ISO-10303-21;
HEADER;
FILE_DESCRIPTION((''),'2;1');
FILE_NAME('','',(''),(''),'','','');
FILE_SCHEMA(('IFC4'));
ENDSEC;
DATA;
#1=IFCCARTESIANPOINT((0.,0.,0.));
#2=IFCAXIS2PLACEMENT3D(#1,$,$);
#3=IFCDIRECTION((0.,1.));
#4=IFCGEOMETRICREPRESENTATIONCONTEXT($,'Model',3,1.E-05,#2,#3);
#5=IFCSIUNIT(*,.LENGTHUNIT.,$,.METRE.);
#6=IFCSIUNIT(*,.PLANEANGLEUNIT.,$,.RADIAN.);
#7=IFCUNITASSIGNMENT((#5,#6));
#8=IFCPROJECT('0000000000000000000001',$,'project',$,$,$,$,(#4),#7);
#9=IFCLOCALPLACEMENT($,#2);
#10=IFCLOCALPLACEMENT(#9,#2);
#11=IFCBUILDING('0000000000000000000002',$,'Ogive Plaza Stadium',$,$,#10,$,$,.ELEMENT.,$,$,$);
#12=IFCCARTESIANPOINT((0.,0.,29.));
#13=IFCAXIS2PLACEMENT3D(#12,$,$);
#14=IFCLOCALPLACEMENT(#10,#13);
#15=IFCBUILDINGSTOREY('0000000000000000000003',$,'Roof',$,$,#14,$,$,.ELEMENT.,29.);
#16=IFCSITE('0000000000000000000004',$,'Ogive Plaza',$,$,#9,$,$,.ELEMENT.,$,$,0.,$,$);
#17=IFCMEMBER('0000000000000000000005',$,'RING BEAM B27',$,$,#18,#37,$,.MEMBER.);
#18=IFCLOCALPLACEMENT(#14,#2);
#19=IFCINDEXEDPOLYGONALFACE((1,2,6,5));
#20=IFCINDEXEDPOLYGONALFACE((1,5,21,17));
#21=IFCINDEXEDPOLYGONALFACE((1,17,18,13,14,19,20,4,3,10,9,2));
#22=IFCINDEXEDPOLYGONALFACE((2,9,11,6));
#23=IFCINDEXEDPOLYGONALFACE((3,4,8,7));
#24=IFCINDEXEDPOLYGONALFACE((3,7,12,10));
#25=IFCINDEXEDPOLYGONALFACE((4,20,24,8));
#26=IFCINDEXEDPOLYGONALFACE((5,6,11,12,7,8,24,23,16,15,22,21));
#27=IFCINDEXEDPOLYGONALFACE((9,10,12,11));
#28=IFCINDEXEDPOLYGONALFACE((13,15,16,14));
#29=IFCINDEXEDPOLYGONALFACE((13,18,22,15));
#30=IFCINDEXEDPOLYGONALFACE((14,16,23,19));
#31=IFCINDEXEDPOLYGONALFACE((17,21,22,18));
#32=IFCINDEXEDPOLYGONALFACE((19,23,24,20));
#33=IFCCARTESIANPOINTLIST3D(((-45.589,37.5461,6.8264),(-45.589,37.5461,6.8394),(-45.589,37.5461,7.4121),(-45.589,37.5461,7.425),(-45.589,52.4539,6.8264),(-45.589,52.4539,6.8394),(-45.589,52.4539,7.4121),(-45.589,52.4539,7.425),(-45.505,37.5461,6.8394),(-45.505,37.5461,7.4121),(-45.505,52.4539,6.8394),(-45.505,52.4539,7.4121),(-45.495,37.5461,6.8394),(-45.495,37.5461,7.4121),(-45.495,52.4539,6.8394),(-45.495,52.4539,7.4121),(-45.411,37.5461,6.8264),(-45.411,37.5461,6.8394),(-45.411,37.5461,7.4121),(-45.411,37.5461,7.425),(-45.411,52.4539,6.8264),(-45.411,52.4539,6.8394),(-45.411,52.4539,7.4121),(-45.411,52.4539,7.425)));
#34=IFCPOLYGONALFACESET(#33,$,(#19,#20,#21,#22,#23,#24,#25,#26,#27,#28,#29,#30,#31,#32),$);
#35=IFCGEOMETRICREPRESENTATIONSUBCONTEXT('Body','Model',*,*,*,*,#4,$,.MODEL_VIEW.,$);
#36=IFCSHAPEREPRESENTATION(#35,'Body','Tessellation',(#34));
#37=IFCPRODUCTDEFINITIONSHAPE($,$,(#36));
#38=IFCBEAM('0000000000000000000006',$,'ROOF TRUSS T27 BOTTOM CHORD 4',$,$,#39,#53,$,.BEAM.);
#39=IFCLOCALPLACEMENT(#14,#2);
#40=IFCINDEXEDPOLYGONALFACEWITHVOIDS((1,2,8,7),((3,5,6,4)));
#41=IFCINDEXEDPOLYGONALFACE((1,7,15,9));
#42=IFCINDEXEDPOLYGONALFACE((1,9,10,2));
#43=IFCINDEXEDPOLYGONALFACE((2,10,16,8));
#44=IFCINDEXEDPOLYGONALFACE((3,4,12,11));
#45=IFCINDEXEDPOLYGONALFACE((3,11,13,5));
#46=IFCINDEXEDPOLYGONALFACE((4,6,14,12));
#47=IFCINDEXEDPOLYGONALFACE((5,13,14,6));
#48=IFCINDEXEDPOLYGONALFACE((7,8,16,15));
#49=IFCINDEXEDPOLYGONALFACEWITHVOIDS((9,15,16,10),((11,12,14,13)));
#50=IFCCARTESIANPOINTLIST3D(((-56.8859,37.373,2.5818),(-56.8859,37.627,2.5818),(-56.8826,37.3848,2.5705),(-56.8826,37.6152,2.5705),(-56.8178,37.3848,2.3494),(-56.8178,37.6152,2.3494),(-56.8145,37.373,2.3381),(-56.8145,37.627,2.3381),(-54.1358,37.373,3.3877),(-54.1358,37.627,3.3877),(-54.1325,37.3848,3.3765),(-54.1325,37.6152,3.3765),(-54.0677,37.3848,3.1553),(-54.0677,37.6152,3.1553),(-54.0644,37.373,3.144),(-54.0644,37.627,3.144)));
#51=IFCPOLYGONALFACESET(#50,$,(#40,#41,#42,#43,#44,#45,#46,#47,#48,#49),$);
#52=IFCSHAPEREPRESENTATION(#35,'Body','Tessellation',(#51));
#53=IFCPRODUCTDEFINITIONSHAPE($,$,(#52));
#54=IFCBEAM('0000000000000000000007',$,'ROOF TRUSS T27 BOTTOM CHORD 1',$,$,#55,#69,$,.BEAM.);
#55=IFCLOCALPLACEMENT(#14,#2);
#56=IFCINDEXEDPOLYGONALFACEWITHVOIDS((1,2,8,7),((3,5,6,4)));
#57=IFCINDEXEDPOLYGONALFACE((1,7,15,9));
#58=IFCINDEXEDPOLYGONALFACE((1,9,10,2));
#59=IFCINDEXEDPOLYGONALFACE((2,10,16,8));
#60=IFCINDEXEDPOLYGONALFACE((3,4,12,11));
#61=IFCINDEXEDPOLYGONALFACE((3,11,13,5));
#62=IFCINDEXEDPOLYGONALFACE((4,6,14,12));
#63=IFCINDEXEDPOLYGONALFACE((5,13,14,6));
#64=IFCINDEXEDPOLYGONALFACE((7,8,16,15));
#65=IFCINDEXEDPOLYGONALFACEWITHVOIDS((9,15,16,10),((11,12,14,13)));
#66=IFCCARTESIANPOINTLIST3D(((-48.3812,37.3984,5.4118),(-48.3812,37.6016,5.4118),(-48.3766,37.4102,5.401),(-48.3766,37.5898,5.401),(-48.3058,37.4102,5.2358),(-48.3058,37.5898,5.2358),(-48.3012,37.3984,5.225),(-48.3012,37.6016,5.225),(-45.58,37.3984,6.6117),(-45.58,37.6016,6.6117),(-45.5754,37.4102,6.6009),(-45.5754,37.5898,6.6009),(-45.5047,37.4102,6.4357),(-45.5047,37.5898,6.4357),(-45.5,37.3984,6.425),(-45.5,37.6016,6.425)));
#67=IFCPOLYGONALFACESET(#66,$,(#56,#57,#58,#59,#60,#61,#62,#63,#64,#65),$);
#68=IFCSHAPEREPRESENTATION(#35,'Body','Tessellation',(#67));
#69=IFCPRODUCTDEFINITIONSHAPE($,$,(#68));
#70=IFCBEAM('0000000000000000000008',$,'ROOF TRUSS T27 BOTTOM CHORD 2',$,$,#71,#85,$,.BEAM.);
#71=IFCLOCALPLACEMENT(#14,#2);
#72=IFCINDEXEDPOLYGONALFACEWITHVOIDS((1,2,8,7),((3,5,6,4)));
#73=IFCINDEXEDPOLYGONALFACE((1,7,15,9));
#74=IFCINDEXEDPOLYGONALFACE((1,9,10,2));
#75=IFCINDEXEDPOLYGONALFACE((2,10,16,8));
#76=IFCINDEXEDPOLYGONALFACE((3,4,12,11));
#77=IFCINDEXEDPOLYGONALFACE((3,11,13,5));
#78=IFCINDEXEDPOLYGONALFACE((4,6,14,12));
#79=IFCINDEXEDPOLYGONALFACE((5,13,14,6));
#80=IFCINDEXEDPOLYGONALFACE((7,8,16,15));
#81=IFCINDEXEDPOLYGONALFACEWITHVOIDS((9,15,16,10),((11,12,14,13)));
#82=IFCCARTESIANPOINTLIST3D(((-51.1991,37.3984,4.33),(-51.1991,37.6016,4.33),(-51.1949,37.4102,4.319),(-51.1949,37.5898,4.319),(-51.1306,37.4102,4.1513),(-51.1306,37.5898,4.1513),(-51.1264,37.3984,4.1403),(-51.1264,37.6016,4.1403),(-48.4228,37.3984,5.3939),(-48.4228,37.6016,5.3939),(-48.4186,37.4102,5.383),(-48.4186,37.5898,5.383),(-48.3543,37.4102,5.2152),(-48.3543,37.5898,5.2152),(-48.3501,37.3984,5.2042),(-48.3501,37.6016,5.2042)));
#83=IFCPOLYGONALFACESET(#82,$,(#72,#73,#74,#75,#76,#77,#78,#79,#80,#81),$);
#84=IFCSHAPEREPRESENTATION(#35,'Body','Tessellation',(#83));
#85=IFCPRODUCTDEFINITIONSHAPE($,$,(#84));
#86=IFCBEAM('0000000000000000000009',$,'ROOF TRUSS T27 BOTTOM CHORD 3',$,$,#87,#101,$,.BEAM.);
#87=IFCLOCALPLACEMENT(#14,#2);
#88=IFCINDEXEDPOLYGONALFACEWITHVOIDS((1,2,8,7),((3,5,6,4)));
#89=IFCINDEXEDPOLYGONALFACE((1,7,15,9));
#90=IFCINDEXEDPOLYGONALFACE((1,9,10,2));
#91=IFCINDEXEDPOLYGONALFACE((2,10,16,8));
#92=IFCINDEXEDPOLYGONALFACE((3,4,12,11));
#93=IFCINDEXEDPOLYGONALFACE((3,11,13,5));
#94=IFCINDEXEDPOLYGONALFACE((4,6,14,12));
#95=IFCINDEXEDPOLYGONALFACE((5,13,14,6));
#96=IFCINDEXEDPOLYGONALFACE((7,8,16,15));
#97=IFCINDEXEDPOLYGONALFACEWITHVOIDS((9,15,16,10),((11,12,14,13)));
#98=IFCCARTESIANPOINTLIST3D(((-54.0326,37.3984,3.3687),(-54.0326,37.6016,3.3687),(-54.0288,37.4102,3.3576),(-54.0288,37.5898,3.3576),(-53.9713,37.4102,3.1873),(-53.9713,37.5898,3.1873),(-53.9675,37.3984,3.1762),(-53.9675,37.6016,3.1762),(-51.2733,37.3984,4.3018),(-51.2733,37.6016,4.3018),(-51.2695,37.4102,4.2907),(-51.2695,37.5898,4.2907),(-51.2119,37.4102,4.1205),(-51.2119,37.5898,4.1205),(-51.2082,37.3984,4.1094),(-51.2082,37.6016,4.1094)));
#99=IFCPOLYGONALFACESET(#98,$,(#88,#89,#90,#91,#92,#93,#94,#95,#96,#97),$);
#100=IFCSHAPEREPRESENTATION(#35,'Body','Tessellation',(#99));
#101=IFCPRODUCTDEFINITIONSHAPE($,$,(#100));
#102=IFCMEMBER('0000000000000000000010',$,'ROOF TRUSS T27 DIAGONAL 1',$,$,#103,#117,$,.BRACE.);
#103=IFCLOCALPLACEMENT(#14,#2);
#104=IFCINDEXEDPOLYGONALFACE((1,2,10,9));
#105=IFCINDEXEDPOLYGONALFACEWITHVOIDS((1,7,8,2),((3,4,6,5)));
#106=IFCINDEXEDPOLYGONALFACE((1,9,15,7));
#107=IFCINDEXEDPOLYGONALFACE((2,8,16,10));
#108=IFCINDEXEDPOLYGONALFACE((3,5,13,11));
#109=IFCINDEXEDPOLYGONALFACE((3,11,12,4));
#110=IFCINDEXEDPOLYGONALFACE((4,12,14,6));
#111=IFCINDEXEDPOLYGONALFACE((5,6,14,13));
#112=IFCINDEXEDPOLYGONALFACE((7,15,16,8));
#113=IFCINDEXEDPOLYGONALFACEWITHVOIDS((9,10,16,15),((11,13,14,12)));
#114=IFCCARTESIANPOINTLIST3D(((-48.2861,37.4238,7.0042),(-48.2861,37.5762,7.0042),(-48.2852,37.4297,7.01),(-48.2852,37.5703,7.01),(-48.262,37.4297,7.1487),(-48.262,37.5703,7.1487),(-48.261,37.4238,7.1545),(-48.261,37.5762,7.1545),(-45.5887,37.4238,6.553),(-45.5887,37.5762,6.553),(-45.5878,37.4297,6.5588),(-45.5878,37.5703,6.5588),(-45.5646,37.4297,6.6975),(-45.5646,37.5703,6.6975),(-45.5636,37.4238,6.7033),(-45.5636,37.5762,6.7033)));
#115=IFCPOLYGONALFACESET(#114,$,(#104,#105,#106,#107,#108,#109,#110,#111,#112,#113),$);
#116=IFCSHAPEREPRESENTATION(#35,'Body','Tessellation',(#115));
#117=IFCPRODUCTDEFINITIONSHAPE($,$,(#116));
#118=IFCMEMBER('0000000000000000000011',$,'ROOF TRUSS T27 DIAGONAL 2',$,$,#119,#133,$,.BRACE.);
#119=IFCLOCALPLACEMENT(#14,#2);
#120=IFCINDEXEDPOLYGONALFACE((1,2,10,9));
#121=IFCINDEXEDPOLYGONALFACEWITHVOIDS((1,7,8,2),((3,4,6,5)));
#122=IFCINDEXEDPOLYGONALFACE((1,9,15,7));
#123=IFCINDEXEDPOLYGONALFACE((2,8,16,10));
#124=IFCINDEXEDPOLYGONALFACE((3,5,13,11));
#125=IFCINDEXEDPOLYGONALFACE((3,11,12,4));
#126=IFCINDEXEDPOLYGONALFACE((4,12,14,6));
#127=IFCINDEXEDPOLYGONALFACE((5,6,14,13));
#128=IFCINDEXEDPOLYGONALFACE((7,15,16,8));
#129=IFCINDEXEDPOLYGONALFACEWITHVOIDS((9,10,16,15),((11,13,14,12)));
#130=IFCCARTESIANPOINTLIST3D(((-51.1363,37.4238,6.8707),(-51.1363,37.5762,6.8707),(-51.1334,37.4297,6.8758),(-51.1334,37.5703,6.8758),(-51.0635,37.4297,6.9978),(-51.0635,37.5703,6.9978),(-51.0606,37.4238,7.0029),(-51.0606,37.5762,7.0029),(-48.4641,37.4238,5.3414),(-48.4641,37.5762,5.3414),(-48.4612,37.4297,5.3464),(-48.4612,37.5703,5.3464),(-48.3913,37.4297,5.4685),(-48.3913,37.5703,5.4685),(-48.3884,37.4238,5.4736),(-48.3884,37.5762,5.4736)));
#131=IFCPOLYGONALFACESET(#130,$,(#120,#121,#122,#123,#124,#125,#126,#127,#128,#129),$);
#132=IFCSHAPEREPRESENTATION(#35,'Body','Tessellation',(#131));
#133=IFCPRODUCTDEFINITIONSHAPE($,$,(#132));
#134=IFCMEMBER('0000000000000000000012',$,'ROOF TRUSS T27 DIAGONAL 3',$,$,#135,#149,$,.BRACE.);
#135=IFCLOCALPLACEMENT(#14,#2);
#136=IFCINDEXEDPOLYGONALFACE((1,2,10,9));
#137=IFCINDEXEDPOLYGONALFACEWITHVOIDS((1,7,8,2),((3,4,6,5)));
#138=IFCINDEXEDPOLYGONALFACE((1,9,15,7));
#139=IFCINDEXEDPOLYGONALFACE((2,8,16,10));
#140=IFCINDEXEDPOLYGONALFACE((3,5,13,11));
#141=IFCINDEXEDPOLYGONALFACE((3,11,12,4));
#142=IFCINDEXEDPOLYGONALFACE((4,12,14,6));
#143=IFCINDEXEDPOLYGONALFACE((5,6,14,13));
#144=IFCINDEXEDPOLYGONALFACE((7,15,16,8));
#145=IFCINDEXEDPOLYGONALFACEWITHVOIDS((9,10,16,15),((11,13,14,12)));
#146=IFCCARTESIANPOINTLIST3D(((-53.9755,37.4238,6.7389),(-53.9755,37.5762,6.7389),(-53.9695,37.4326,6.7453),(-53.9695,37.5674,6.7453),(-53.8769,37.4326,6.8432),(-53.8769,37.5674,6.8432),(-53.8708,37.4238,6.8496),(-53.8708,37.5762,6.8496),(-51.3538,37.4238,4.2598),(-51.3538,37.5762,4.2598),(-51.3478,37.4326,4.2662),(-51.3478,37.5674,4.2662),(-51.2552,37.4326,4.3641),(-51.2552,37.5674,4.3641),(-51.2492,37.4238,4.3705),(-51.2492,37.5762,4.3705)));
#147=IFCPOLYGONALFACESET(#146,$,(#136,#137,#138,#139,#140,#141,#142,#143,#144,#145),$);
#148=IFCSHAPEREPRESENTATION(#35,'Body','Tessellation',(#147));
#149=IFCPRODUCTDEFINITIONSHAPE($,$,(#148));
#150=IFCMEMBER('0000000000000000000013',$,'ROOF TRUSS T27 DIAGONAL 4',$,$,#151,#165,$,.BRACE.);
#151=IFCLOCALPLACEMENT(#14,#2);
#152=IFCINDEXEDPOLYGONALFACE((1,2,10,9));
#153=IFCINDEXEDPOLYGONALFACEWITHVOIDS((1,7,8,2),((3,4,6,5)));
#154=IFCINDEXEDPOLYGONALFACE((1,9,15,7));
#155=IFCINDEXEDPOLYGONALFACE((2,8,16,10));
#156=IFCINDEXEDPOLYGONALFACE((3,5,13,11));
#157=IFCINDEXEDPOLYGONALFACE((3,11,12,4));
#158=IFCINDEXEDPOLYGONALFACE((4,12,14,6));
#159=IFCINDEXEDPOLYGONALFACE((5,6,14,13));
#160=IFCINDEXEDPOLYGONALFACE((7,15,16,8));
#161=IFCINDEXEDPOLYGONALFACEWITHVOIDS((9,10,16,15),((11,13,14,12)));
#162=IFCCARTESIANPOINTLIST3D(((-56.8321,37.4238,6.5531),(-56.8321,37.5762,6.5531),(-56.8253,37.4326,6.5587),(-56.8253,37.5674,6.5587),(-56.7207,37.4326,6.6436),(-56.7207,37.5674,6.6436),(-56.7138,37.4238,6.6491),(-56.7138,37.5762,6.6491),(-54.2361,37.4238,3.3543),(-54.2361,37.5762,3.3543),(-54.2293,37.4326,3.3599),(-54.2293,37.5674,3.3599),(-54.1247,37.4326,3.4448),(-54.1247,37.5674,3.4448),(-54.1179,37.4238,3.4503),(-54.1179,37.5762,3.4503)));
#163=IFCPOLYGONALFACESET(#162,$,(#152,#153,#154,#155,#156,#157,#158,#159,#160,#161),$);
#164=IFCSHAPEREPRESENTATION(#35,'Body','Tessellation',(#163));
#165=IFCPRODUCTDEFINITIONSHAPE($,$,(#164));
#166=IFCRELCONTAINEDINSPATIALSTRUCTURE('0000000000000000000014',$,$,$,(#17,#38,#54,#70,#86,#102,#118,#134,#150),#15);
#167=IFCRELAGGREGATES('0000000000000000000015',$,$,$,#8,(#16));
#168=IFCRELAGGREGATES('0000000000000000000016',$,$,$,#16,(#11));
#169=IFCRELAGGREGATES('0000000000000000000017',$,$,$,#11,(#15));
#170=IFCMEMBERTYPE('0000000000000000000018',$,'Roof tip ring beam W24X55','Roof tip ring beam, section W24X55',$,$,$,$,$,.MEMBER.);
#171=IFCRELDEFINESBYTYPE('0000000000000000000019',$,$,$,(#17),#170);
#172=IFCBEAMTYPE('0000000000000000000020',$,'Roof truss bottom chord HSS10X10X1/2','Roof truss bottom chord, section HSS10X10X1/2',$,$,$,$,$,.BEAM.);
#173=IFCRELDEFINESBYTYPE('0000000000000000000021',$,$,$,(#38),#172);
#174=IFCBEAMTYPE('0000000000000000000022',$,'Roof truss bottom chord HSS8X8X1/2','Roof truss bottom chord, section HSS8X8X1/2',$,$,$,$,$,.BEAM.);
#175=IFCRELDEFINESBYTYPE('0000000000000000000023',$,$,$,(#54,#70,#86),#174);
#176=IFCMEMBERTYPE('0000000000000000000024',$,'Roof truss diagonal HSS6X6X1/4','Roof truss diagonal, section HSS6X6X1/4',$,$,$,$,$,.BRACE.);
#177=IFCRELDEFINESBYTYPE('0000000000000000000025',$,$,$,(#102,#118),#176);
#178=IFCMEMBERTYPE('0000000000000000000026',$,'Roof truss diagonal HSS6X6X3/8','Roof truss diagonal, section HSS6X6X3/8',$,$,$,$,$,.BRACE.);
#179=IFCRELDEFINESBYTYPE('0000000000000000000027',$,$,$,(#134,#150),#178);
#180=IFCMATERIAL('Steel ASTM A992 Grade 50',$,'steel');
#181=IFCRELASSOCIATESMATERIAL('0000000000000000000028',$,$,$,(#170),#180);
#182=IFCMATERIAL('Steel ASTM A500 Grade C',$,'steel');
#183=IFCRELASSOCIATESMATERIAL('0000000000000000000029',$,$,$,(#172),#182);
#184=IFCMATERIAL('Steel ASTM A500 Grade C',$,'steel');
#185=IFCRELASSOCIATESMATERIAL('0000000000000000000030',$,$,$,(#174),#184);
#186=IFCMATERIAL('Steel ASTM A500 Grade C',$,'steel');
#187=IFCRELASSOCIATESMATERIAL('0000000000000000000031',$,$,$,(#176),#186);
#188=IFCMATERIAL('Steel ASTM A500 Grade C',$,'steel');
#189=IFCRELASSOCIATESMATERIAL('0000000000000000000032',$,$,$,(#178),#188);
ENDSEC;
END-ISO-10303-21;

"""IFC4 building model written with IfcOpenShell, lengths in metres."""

from ifc_helpers import new_model, si_unit, direction, frame, origin, origin_2d, place, context, subcontext, project, spatial, hollow_rectangle, i_section, extrude, material, material_profile, profile_set, type_object, element, save


model = new_model("IFC4")

# Units and contexts
model_context = context("Model", 3, precision=1e-05, world=origin(), true_north=direction((0.0, 1.0)))
body_context = subcontext(model_context, "Body", "Model", "MODEL_VIEW")
ifc_project = project(units=[si_unit("LENGTHUNIT", "METRE"), si_unit("PLANEANGLEUNIT", "RADIAN")], contexts=[model_context])

# Site, building, storey
site_placement = place(None, origin())
site = spatial("IfcSite", under=ifc_project, at=site_placement, Name="Ogive Plaza", CompositionType="ELEMENT", RefElevation=0.0)
building_placement = place(site_placement, origin())
building = spatial("IfcBuilding", under=site, at=building_placement, Name="Ogive Plaza Stadium", CompositionType="ELEMENT")
storey_placement = place(building_placement, frame((0.0, 0.0, 29.0)))
storey = spatial("IfcBuildingStorey", under=building, at=storey_placement, Name="Roof", CompositionType="ELEMENT", Elevation=29.0)

# Member
ifc_material_1 = material(Name="Steel ASTM A992 Grade 50", Category="steel")
ifc_material_profile_1 = material_profile(ifc_material_1, i_section(OverallWidth=0.178, OverallDepth=0.5986, WebThickness=0.01, FlangeThickness=0.0129, at=origin_2d()), Name="W24X55")
ifc_profile_set_1 = profile_set([ifc_material_profile_1], Name="Steel ASTM A992 Grade 50")
member_type_1 = type_object("IfcMemberType", Name="Roof tip ring beam W24X55", Description="Roof tip ring beam, section W24X55", PredefinedType="MEMBER", material=ifc_profile_set_1)
member_1_placement = place(storey_placement, frame((-45.5, 37.5461, 7.1257), z_axis=(0.0, 1.0, 0.0), x_axis=(-1.0, 0.0, 0.0)))
element("IfcMember", 1, at=member_1_placement, inside=storey, type_object=member_type_1, Name="RING BEAM B27", PredefinedType="MEMBER", context=body_context, shape_type="SweptSolid", body=[
    extrude(i_section(OverallWidth=0.178, OverallDepth=0.5986, WebThickness=0.01, FlangeThickness=0.0129, at=origin_2d()), origin(), (0.0, 0.0, 1.0), 14.9077),
])

# Beams
ifc_material_2 = material(Name="Steel ASTM A500 Grade C", Category="steel")
ifc_material_profile_2 = material_profile(ifc_material_2, hollow_rectangle(XDim=0.2539, YDim=0.2539, WallThickness=0.0117, at=origin_2d()), Name="HSS10X10X1/2")
ifc_profile_set_2 = profile_set([ifc_material_profile_2], Name="Steel ASTM A500 Grade C")
beam_type_1 = type_object("IfcBeamType", Name="Roof truss bottom chord HSS10X10X1/2", Description="Roof truss bottom chord, section HSS10X10X1/2", PredefinedType="BEAM", material=ifc_profile_set_2)
beam_1_placement = place(storey_placement, frame((-54.1001, 37.5, 3.2659), z_axis=(-0.95964, 0.0, -0.28123), x_axis=(0.0, -1.0, 0.0)))
element("IfcBeam", 2, at=beam_1_placement, inside=storey, type_object=beam_type_1, Name="ROOF TRUSS T27 BOTTOM CHORD 4", PredefinedType="BEAM", context=body_context, shape_type="SweptSolid", body=[
    extrude(hollow_rectangle(XDim=0.2539, YDim=0.2539, WallThickness=0.0117, at=origin_2d()), origin(), (0.0, 0.0, 1.0), 2.8657),
])
ifc_material_3 = material(Name="Steel ASTM A500 Grade C", Category="steel")
ifc_material_profile_3 = material_profile(ifc_material_3, hollow_rectangle(XDim=0.2031, YDim=0.2031, WallThickness=0.0117, at=origin_2d()), Name="HSS8X8X1/2")
ifc_profile_set_3 = profile_set([ifc_material_profile_3], Name="Steel ASTM A500 Grade C")
beam_type_2 = type_object("IfcBeamType", Name="Roof truss bottom chord HSS8X8X1/2", Description="Roof truss bottom chord, section HSS8X8X1/2", PredefinedType="BEAM", material=ifc_profile_set_3)
beam_2_placement = place(storey_placement, frame((-45.54, 37.5, 6.5183), z_axis=(-0.919215, 0.0, -0.393755), x_axis=(0.0, -1.0, 0.0)))
element("IfcBeam", 3, at=beam_2_placement, inside=storey, type_object=beam_type_2, Name="ROOF TRUSS T27 BOTTOM CHORD 1", PredefinedType="BEAM", context=body_context, shape_type="SweptSolid", body=[
    extrude(hollow_rectangle(XDim=0.2031, YDim=0.2031, WallThickness=0.0117, at=origin_2d()), origin(), (0.0, 0.0, 1.0), 3.0474),
])
beam_3_placement = place(storey_placement, frame((-48.3865, 37.5, 5.2991), z_axis=(-0.933781, 0.0, -0.357845), x_axis=(0.0, -1.0, 0.0)))
element("IfcBeam", 4, at=beam_3_placement, inside=storey, type_object=beam_type_2, Name="ROOF TRUSS T27 BOTTOM CHORD 2", PredefinedType="BEAM", context=body_context, shape_type="SweptSolid", body=[
    extrude(hollow_rectangle(XDim=0.2031, YDim=0.2031, WallThickness=0.0117, at=origin_2d()), origin(), (0.0, 0.0, 1.0), 2.9731),
])
beam_4_placement = place(storey_placement, frame((-51.2407, 37.5, 4.2056), z_axis=(-0.9473, 0.0, -0.320349), x_axis=(0.0, -1.0, 0.0)))
element("IfcBeam", 5, at=beam_4_placement, inside=storey, type_object=beam_type_2, Name="ROOF TRUSS T27 BOTTOM CHORD 3", PredefinedType="BEAM", context=body_context, shape_type="SweptSolid", body=[
    extrude(hollow_rectangle(XDim=0.2031, YDim=0.2031, WallThickness=0.0117, at=origin_2d()), origin(), (0.0, 0.0, 1.0), 2.9128),
])

# Members
ifc_material_4 = material(Name="Steel ASTM A500 Grade C", Category="steel")
ifc_material_profile_4 = material_profile(ifc_material_4, hollow_rectangle(XDim=0.1523, YDim=0.1523, WallThickness=0.0059, at=origin_2d()), Name="HSS6X6X1/4")
ifc_profile_set_4 = profile_set([ifc_material_profile_4], Name="Steel ASTM A500 Grade C")
member_type_2 = type_object("IfcMemberType", Name="Roof truss diagonal HSS6X6X1/4", Description="Roof truss diagonal, section HSS6X6X1/4", PredefinedType="BRACE", material=ifc_profile_set_4)
member_2_placement = place(storey_placement, frame((-45.5762, 37.5, 6.6282), z_axis=(-0.9863, 0.0, 0.164964), x_axis=(0.0, -1.0, 0.0)))
element("IfcMember", 6, at=member_2_placement, inside=storey, type_object=member_type_2, Name="ROOF TRUSS T27 DIAGONAL 1", PredefinedType="BRACE", context=body_context, shape_type="SweptSolid", body=[
    extrude(hollow_rectangle(XDim=0.1523, YDim=0.1523, WallThickness=0.0059, at=origin_2d()), origin(), (0.0, 0.0, 1.0), 2.7349),
])
member_3_placement = place(storey_placement, frame((-48.4263, 37.5, 5.4075), z_axis=(-0.867911, 0.0, 0.49672), x_axis=(0.0, -1.0, 0.0)))
element("IfcMember", 7, at=member_3_placement, inside=storey, type_object=member_type_2, Name="ROOF TRUSS T27 DIAGONAL 2", PredefinedType="BRACE", context=body_context, shape_type="SweptSolid", body=[
    extrude(hollow_rectangle(XDim=0.1523, YDim=0.1523, WallThickness=0.0059, at=origin_2d()), origin(), (0.0, 0.0, 1.0), 3.0789),
])
ifc_material_5 = material(Name="Steel ASTM A500 Grade C", Category="steel")
ifc_material_profile_5 = material_profile(ifc_material_5, hollow_rectangle(XDim=0.1523, YDim=0.1523, WallThickness=0.0088, at=origin_2d()), Name="HSS6X6X3/8")
ifc_profile_set_5 = profile_set([ifc_material_profile_5], Name="Steel ASTM A500 Grade C")
member_type_3 = type_object("IfcMemberType", Name="Roof truss diagonal HSS6X6X3/8", Description="Roof truss diagonal, section HSS6X6X3/8", PredefinedType="BRACE", material=ifc_profile_set_5)
member_4_placement = place(storey_placement, frame((-51.3015, 37.5, 4.3152), z_axis=(-0.726589, 0.0, 0.687072), x_axis=(0.0, -1.0, 0.0)))
element("IfcMember", 8, at=member_4_placement, inside=storey, type_object=member_type_3, Name="ROOF TRUSS T27 DIAGONAL 3", PredefinedType="BRACE", context=body_context, shape_type="SweptSolid", body=[
    extrude(hollow_rectangle(XDim=0.1523, YDim=0.1523, WallThickness=0.0088, at=origin_2d()), origin(), (0.0, 0.0, 1.0), 3.6082),
])
member_5_placement = place(storey_placement, frame((-54.177, 37.5, 3.4023), z_axis=(-0.630151, 0.0, 0.776473), x_axis=(0.0, -1.0, 0.0)))
element("IfcMember", 9, at=member_5_placement, inside=storey, type_object=member_type_3, Name="ROOF TRUSS T27 DIAGONAL 4", PredefinedType="BRACE", context=body_context, shape_type="SweptSolid", body=[
    extrude(hollow_rectangle(XDim=0.1523, YDim=0.1523, WallThickness=0.0088, at=origin_2d()), origin(), (0.0, 0.0, 1.0), 4.1196),
])

save(model, "model.ifc")
